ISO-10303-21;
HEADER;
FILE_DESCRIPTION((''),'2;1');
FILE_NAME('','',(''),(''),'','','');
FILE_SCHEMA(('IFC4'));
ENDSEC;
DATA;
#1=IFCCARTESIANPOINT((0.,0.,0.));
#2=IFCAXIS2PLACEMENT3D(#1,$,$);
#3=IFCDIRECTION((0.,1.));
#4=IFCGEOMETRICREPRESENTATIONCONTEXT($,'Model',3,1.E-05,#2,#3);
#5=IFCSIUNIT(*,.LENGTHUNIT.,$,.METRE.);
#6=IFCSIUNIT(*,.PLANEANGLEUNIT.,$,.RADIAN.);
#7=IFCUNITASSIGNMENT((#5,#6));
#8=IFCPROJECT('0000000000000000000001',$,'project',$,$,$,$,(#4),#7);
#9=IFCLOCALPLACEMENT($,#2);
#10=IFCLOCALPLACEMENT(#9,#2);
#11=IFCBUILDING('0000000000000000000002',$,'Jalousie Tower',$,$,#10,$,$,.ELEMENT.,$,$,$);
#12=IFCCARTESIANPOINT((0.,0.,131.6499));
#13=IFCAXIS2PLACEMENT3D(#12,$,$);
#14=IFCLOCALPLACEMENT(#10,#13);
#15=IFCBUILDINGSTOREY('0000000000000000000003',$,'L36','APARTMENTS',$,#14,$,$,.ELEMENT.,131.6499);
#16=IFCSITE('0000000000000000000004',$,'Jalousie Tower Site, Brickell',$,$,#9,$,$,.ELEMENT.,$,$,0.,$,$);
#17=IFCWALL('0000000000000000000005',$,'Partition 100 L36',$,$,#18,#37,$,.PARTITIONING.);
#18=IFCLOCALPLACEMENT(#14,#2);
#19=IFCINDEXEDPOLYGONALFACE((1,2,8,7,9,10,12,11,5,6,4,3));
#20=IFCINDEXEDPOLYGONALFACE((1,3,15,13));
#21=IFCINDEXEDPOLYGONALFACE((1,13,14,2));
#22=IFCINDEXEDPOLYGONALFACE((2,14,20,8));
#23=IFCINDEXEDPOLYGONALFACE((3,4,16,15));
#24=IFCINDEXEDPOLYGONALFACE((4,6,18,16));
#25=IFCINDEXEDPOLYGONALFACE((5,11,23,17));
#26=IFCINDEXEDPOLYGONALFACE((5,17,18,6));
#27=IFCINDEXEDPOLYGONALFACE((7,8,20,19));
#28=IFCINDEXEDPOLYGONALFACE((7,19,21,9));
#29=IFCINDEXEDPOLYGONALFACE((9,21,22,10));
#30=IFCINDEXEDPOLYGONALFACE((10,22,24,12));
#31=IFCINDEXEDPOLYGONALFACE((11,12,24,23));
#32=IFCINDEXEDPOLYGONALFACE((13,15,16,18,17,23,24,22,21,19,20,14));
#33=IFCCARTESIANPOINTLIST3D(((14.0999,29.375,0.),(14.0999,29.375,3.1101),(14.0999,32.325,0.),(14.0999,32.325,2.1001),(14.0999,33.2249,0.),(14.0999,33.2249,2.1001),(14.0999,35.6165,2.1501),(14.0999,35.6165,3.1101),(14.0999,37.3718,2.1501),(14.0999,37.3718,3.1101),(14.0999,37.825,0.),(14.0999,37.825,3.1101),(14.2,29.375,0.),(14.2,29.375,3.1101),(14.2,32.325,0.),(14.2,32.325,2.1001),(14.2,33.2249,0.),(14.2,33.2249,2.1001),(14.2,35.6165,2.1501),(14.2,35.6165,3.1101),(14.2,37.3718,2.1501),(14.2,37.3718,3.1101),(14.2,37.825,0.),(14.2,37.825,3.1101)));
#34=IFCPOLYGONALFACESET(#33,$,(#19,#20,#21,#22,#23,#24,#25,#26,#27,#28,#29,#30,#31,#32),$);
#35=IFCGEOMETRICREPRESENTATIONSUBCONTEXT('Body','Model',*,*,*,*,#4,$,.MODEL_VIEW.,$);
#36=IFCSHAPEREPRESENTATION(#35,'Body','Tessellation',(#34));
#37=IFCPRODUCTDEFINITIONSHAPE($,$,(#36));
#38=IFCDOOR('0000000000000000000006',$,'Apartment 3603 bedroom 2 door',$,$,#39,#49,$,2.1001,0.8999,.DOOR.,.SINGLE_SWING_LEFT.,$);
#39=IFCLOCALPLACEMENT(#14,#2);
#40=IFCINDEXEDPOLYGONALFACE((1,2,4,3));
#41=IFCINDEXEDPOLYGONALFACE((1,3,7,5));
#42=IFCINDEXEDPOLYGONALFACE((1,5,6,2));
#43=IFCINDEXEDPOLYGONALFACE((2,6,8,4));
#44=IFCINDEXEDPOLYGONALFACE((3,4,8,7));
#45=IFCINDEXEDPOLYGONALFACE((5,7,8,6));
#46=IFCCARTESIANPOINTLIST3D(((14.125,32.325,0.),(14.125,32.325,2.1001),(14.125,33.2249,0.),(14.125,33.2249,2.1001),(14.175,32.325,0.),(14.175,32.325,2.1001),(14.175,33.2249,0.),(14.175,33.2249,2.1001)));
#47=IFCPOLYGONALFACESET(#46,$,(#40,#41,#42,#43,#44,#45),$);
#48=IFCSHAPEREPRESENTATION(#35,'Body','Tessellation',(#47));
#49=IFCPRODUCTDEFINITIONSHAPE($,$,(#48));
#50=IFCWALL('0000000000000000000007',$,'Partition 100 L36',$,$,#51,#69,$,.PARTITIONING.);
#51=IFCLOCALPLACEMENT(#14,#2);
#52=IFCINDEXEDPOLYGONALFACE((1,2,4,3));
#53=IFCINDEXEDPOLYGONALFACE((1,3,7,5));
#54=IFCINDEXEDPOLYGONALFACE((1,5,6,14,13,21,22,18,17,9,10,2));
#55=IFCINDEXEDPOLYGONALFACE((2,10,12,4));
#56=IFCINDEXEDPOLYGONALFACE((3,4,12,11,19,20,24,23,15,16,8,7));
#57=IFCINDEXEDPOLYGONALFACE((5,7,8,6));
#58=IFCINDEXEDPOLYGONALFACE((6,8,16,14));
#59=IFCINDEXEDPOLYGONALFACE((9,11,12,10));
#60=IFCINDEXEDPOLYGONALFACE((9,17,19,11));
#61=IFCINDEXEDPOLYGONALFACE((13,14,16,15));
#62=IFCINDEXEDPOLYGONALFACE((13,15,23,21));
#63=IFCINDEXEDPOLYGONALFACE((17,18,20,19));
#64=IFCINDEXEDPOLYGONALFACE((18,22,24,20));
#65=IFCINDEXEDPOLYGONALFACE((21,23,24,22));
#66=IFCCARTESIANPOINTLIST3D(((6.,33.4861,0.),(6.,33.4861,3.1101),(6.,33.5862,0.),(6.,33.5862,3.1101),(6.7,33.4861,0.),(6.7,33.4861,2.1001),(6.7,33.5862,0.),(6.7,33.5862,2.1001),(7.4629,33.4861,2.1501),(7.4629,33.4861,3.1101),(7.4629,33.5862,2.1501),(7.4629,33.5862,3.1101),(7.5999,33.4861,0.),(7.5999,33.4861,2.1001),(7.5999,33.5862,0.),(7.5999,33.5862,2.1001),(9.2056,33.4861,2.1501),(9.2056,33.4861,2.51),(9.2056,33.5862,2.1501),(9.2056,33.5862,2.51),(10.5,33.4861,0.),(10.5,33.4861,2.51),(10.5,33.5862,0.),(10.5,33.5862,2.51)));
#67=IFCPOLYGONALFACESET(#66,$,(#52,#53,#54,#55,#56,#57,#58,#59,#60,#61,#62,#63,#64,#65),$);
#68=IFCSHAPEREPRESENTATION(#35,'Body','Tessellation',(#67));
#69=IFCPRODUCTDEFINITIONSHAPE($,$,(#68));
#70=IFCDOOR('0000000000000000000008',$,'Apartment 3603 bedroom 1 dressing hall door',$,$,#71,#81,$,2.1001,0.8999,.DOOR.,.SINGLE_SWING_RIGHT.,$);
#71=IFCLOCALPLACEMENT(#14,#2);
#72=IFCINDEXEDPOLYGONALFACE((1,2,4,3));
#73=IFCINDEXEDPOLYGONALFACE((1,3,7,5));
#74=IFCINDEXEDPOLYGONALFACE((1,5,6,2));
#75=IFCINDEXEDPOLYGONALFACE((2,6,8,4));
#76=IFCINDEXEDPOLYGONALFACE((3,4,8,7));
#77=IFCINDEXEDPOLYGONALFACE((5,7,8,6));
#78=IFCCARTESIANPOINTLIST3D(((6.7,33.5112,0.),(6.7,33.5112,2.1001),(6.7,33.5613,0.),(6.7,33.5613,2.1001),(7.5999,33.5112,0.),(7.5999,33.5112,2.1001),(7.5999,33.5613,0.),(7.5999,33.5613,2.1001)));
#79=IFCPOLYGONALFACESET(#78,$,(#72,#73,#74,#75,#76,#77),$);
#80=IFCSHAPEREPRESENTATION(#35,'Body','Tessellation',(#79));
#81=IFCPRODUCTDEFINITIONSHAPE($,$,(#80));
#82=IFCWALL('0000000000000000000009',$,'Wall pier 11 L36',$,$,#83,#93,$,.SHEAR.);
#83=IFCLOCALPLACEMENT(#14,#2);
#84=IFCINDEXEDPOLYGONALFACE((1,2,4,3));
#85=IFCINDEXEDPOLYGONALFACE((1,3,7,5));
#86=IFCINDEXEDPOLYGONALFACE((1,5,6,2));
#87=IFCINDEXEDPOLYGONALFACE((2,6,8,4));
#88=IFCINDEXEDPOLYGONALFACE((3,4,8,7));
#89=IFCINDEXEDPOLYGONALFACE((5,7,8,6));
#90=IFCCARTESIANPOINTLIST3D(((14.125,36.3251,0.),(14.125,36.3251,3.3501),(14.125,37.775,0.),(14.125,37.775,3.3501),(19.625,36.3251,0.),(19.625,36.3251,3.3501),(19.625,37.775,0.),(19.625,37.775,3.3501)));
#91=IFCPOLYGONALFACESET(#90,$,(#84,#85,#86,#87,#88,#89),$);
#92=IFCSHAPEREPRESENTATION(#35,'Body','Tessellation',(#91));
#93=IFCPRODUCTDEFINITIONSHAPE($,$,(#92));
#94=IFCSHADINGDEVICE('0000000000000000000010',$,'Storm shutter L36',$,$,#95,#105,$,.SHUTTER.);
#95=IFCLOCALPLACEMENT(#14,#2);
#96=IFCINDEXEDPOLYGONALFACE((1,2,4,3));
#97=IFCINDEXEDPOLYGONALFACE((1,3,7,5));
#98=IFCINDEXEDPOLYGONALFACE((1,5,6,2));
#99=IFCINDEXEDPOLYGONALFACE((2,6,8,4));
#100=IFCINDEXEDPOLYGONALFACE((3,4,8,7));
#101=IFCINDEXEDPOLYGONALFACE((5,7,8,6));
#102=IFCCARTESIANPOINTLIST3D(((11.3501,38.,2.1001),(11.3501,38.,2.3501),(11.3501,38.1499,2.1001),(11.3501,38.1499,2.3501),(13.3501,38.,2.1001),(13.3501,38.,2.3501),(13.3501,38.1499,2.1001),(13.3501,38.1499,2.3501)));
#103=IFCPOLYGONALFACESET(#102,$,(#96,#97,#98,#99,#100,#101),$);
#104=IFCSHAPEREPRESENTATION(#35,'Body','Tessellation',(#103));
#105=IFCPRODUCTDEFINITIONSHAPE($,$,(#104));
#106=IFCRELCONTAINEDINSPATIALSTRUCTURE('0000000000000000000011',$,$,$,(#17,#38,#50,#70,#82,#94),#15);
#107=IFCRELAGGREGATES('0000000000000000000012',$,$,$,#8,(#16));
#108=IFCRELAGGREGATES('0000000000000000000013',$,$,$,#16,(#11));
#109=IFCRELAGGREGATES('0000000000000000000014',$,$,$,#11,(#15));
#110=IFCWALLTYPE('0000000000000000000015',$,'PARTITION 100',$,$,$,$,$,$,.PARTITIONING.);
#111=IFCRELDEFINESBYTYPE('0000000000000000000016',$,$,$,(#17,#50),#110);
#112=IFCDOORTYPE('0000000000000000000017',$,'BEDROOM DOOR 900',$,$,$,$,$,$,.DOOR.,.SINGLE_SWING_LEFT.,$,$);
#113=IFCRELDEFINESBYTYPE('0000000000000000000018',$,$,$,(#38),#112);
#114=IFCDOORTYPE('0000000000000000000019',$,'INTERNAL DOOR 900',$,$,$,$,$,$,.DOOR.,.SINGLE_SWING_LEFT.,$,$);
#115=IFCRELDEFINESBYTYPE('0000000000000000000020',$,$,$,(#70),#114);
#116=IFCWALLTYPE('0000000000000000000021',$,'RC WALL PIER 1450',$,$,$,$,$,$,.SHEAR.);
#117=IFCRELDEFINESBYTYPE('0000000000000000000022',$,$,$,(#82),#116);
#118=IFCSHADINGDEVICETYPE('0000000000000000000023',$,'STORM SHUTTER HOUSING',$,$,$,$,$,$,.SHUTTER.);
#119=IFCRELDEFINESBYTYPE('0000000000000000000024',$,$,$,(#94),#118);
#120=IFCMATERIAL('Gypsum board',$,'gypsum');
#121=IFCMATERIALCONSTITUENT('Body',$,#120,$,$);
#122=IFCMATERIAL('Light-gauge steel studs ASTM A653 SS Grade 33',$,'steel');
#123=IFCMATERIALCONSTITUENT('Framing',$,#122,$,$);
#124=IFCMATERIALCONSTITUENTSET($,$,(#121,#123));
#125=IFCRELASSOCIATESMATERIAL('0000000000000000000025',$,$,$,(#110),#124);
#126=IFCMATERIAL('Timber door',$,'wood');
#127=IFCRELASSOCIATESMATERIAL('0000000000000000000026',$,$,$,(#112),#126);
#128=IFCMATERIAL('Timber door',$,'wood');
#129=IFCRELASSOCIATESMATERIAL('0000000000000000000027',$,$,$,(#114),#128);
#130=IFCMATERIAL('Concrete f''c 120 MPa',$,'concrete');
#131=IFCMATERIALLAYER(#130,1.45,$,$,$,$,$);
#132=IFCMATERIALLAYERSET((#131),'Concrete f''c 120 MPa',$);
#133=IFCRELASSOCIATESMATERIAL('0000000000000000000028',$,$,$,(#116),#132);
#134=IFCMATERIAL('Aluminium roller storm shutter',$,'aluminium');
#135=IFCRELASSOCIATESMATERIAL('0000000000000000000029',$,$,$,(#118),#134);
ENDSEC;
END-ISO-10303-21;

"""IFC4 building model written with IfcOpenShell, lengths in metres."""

from ifc_helpers import new_model, si_unit, direction, frame, frame_2d, origin, origin_2d, place, context, subcontext, project, spatial, polyline, rectangle, outline, extrude, material, layer, layer_set, constituent, constituent_set, type_object, element, fill, save


model = new_model("IFC4")

# Units and contexts
model_context = context("Model", 3, precision=1e-05, world=origin(), true_north=direction((0.0, 1.0)))
body_context = subcontext(model_context, "Body", "Model", "MODEL_VIEW")
ifc_project = project(units=[si_unit("LENGTHUNIT", "METRE"), si_unit("PLANEANGLEUNIT", "RADIAN")], contexts=[model_context])

# Site, building, storey
site_placement = place(None, origin())
site = spatial("IfcSite", under=ifc_project, at=site_placement, Name="Jalousie Tower Site, Brickell", CompositionType="ELEMENT", RefElevation=0.0)
building_placement = place(site_placement, origin())
building = spatial("IfcBuilding", under=site, at=building_placement, Name="Jalousie Tower", CompositionType="ELEMENT")
storey_placement = place(building_placement, frame((0.0, 0.0, 131.6499)))
storey = spatial("IfcBuildingStorey", under=building, at=storey_placement, Name="L36", Description="APARTMENTS", CompositionType="ELEMENT", Elevation=131.6499)

# Walls, openings, doors
ifc_material_1 = material(Name="Gypsum board", Category="gypsum")
ifc_constituent_1 = constituent(ifc_material_1, Name="Body")
ifc_material_2 = material(Name="Light-gauge steel studs ASTM A653 SS Grade 33", Category="steel")
ifc_constituent_2 = constituent(ifc_material_2, Name="Framing")
ifc_constituent_set_1 = constituent_set(constituents=[ifc_constituent_1, ifc_constituent_2])
wall_type_1 = type_object("IfcWallType", Name="PARTITION 100", PredefinedType="PARTITIONING", material=ifc_constituent_set_1)
ifc_material_3 = material(Name="Timber door", Category="wood")
door_type_1 = type_object("IfcDoorType", Name="BEDROOM DOOR 900", OperationType="SINGLE_SWING_LEFT", PredefinedType="DOOR", material=ifc_material_3)
wall_1_placement = place(storey_placement, frame((14.1499, 37.825, 0.0), z_axis=(0.0, 0.0, 1.0), x_axis=(0.0, -1.0, 0.0)))
wall_1 = element("IfcWall", 1, at=wall_1_placement, inside=storey, type_object=wall_type_1, Name="Partition 100 L36", PredefinedType="PARTITIONING", context=body_context, shape_type="SweptSolid", body=[
    extrude(outline(polyline([(0.0, 0.0), (8.45, 0.0), (8.45, 3.1101), (2.2085, 3.1101), (2.2085, 2.1501), (0.4531, 2.1501), (0.4531, 3.1101), (0.0, 3.1101), (0.0, 0.0)])), frame((0.0, 0.05, 0.0), z_axis=(0.0, -1.0, 0.0), x_axis=(1.0, 0.0, 0.0)), (0.0, 0.0, 1.0), 0.1001),
])
opening_1_placement = place(wall_1_placement, frame((4.6001, 0.0, 0.0)))
opening_1 = element("IfcOpeningElement", 2, at=opening_1_placement, cuts=wall_1, PredefinedType="OPENING", context=body_context, shape_type="SweptSolid", body=[
    extrude(rectangle(XDim=0.8999, YDim=2.1001, at=frame_2d((0.45, 1.05))), frame((0.0, 0.0601, 0.0), z_axis=(0.0, -1.0, 0.0), x_axis=(1.0, 0.0, 0.0)), (0.0, 0.0, 1.0), 0.1201),
])
door_1_placement = place(opening_1_placement, frame((0.8999, 0.0, 0.0), z_axis=(0.0, 0.0, 1.0), x_axis=(-1.0, 0.0, 0.0)))
door_1 = element("IfcDoor", 3, at=door_1_placement, inside=storey, type_object=door_type_1, Name="Apartment 3603 bedroom 2 door", OperationType="SINGLE_SWING_LEFT", OverallHeight=2.1001, OverallWidth=0.8999, PredefinedType="DOOR", context=body_context, shape_type="SweptSolid", body=[
    extrude(rectangle(XDim=0.8999, YDim=2.1001, at=frame_2d((0.45, 1.05))), frame((0.0, 0.0249, 0.0), z_axis=(0.0, -1.0, 0.0), x_axis=(1.0, 0.0, 0.0)), (0.0, 0.0, 1.0), 0.05),
])
fill(opening_1, door_1)
wall_2_placement = place(storey_placement, frame((6.0, 33.5361, 0.0), z_axis=(0.0, 0.0, 1.0), x_axis=(1.0, 0.0, 0.0)))
wall_2 = element("IfcWall", 4, at=wall_2_placement, inside=storey, type_object=wall_type_1, Name="Partition 100 L36", PredefinedType="PARTITIONING", context=body_context, shape_type="SweptSolid", body=[
    extrude(outline(polyline([(0.0, 0.0), (4.5, 0.0), (4.5, 3.1101), (4.5, 2.51), (3.2056, 2.51), (3.2056, 2.1501), (1.4629, 2.1501), (1.4629, 3.1101), (0.0, 3.1101), (0.0, 0.0)])), frame((0.0, 0.05, 0.0), z_axis=(0.0, -1.0, 0.0), x_axis=(1.0, 0.0, 0.0)), (0.0, 0.0, 1.0), 0.1001),
])
opening_2_placement = place(wall_2_placement, frame((0.7, 0.0, 0.0)))
opening_2 = element("IfcOpeningElement", 5, at=opening_2_placement, cuts=wall_2, PredefinedType="OPENING", context=body_context, shape_type="SweptSolid", body=[
    extrude(rectangle(XDim=0.8999, YDim=2.1001, at=frame_2d((0.45, 1.05))), frame((0.0, 0.0601, 0.0), z_axis=(0.0, -1.0, 0.0), x_axis=(1.0, 0.0, 0.0)), (0.0, 0.0, 1.0), 0.1201),
])
ifc_material_4 = material(Name="Timber door", Category="wood")
door_type_2 = type_object("IfcDoorType", Name="INTERNAL DOOR 900", OperationType="SINGLE_SWING_LEFT", PredefinedType="DOOR", material=ifc_material_4)
door_2_placement = place(opening_2_placement, frame((0.8999, 0.0, 0.0), z_axis=(0.0, 0.0, 1.0), x_axis=(-1.0, 0.0, 0.0)))
door_2 = element("IfcDoor", 6, at=door_2_placement, inside=storey, type_object=door_type_2, Name="Apartment 3603 bedroom 1 dressing hall door", OperationType="SINGLE_SWING_RIGHT", OverallHeight=2.1001, OverallWidth=0.8999, PredefinedType="DOOR", context=body_context, shape_type="SweptSolid", body=[
    extrude(rectangle(XDim=0.8999, YDim=2.1001, at=frame_2d((0.45, 1.05))), frame((0.0, 0.0249, 0.0), z_axis=(0.0, -1.0, 0.0), x_axis=(1.0, 0.0, 0.0)), (0.0, 0.0, 1.0), 0.05),
])
fill(opening_2, door_2)

# Wall
ifc_material_5 = material(Name="Concrete f'c 120 MPa", Category="concrete")
ifc_layer_1 = layer(ifc_material_5, 1.45)
ifc_layer_set_1 = layer_set([ifc_layer_1], Name="Concrete f'c 120 MPa")
wall_type_2 = type_object("IfcWallType", Name="RC WALL PIER 1450", PredefinedType="SHEAR", material=ifc_layer_set_1)
wall_3_placement = place(storey_placement, frame((14.125, 37.05, 0.0), z_axis=(0.0, 0.0, 1.0), x_axis=(1.0, 0.0, 0.0)))
element("IfcWall", 7, at=wall_3_placement, inside=storey, type_object=wall_type_2, Name="Wall pier 11 L36", PredefinedType="SHEAR", context=body_context, shape_type="SweptSolid", body=[
    extrude(rectangle(XDim=5.5, YDim=1.45, at=frame_2d((2.75, 0.0))), origin(), (0.0, 0.0, 1.0), 3.3501),
])

# Shading device
ifc_material_6 = material(Name="Aluminium roller storm shutter", Category="aluminium")
shading_device_type = type_object("IfcShadingDeviceType", Name="STORM SHUTTER HOUSING", PredefinedType="SHUTTER", material=ifc_material_6)
shading_device_placement = place(storey_placement, frame((12.3501, 38.075, 2.1001), z_axis=(0.0, 0.0, 1.0), x_axis=(-1.0, 0.0, 0.0)))
element("IfcShadingDevice", 8, at=shading_device_placement, inside=storey, type_object=shading_device_type, Name="Storm shutter L36", PredefinedType="SHUTTER", context=body_context, shape_type="SweptSolid", body=[
    extrude(rectangle(XDim=2.0, YDim=0.1499, at=origin_2d()), origin(), (0.0, 0.0, 1.0), 0.25),
])

save(model, "model.ifc")
